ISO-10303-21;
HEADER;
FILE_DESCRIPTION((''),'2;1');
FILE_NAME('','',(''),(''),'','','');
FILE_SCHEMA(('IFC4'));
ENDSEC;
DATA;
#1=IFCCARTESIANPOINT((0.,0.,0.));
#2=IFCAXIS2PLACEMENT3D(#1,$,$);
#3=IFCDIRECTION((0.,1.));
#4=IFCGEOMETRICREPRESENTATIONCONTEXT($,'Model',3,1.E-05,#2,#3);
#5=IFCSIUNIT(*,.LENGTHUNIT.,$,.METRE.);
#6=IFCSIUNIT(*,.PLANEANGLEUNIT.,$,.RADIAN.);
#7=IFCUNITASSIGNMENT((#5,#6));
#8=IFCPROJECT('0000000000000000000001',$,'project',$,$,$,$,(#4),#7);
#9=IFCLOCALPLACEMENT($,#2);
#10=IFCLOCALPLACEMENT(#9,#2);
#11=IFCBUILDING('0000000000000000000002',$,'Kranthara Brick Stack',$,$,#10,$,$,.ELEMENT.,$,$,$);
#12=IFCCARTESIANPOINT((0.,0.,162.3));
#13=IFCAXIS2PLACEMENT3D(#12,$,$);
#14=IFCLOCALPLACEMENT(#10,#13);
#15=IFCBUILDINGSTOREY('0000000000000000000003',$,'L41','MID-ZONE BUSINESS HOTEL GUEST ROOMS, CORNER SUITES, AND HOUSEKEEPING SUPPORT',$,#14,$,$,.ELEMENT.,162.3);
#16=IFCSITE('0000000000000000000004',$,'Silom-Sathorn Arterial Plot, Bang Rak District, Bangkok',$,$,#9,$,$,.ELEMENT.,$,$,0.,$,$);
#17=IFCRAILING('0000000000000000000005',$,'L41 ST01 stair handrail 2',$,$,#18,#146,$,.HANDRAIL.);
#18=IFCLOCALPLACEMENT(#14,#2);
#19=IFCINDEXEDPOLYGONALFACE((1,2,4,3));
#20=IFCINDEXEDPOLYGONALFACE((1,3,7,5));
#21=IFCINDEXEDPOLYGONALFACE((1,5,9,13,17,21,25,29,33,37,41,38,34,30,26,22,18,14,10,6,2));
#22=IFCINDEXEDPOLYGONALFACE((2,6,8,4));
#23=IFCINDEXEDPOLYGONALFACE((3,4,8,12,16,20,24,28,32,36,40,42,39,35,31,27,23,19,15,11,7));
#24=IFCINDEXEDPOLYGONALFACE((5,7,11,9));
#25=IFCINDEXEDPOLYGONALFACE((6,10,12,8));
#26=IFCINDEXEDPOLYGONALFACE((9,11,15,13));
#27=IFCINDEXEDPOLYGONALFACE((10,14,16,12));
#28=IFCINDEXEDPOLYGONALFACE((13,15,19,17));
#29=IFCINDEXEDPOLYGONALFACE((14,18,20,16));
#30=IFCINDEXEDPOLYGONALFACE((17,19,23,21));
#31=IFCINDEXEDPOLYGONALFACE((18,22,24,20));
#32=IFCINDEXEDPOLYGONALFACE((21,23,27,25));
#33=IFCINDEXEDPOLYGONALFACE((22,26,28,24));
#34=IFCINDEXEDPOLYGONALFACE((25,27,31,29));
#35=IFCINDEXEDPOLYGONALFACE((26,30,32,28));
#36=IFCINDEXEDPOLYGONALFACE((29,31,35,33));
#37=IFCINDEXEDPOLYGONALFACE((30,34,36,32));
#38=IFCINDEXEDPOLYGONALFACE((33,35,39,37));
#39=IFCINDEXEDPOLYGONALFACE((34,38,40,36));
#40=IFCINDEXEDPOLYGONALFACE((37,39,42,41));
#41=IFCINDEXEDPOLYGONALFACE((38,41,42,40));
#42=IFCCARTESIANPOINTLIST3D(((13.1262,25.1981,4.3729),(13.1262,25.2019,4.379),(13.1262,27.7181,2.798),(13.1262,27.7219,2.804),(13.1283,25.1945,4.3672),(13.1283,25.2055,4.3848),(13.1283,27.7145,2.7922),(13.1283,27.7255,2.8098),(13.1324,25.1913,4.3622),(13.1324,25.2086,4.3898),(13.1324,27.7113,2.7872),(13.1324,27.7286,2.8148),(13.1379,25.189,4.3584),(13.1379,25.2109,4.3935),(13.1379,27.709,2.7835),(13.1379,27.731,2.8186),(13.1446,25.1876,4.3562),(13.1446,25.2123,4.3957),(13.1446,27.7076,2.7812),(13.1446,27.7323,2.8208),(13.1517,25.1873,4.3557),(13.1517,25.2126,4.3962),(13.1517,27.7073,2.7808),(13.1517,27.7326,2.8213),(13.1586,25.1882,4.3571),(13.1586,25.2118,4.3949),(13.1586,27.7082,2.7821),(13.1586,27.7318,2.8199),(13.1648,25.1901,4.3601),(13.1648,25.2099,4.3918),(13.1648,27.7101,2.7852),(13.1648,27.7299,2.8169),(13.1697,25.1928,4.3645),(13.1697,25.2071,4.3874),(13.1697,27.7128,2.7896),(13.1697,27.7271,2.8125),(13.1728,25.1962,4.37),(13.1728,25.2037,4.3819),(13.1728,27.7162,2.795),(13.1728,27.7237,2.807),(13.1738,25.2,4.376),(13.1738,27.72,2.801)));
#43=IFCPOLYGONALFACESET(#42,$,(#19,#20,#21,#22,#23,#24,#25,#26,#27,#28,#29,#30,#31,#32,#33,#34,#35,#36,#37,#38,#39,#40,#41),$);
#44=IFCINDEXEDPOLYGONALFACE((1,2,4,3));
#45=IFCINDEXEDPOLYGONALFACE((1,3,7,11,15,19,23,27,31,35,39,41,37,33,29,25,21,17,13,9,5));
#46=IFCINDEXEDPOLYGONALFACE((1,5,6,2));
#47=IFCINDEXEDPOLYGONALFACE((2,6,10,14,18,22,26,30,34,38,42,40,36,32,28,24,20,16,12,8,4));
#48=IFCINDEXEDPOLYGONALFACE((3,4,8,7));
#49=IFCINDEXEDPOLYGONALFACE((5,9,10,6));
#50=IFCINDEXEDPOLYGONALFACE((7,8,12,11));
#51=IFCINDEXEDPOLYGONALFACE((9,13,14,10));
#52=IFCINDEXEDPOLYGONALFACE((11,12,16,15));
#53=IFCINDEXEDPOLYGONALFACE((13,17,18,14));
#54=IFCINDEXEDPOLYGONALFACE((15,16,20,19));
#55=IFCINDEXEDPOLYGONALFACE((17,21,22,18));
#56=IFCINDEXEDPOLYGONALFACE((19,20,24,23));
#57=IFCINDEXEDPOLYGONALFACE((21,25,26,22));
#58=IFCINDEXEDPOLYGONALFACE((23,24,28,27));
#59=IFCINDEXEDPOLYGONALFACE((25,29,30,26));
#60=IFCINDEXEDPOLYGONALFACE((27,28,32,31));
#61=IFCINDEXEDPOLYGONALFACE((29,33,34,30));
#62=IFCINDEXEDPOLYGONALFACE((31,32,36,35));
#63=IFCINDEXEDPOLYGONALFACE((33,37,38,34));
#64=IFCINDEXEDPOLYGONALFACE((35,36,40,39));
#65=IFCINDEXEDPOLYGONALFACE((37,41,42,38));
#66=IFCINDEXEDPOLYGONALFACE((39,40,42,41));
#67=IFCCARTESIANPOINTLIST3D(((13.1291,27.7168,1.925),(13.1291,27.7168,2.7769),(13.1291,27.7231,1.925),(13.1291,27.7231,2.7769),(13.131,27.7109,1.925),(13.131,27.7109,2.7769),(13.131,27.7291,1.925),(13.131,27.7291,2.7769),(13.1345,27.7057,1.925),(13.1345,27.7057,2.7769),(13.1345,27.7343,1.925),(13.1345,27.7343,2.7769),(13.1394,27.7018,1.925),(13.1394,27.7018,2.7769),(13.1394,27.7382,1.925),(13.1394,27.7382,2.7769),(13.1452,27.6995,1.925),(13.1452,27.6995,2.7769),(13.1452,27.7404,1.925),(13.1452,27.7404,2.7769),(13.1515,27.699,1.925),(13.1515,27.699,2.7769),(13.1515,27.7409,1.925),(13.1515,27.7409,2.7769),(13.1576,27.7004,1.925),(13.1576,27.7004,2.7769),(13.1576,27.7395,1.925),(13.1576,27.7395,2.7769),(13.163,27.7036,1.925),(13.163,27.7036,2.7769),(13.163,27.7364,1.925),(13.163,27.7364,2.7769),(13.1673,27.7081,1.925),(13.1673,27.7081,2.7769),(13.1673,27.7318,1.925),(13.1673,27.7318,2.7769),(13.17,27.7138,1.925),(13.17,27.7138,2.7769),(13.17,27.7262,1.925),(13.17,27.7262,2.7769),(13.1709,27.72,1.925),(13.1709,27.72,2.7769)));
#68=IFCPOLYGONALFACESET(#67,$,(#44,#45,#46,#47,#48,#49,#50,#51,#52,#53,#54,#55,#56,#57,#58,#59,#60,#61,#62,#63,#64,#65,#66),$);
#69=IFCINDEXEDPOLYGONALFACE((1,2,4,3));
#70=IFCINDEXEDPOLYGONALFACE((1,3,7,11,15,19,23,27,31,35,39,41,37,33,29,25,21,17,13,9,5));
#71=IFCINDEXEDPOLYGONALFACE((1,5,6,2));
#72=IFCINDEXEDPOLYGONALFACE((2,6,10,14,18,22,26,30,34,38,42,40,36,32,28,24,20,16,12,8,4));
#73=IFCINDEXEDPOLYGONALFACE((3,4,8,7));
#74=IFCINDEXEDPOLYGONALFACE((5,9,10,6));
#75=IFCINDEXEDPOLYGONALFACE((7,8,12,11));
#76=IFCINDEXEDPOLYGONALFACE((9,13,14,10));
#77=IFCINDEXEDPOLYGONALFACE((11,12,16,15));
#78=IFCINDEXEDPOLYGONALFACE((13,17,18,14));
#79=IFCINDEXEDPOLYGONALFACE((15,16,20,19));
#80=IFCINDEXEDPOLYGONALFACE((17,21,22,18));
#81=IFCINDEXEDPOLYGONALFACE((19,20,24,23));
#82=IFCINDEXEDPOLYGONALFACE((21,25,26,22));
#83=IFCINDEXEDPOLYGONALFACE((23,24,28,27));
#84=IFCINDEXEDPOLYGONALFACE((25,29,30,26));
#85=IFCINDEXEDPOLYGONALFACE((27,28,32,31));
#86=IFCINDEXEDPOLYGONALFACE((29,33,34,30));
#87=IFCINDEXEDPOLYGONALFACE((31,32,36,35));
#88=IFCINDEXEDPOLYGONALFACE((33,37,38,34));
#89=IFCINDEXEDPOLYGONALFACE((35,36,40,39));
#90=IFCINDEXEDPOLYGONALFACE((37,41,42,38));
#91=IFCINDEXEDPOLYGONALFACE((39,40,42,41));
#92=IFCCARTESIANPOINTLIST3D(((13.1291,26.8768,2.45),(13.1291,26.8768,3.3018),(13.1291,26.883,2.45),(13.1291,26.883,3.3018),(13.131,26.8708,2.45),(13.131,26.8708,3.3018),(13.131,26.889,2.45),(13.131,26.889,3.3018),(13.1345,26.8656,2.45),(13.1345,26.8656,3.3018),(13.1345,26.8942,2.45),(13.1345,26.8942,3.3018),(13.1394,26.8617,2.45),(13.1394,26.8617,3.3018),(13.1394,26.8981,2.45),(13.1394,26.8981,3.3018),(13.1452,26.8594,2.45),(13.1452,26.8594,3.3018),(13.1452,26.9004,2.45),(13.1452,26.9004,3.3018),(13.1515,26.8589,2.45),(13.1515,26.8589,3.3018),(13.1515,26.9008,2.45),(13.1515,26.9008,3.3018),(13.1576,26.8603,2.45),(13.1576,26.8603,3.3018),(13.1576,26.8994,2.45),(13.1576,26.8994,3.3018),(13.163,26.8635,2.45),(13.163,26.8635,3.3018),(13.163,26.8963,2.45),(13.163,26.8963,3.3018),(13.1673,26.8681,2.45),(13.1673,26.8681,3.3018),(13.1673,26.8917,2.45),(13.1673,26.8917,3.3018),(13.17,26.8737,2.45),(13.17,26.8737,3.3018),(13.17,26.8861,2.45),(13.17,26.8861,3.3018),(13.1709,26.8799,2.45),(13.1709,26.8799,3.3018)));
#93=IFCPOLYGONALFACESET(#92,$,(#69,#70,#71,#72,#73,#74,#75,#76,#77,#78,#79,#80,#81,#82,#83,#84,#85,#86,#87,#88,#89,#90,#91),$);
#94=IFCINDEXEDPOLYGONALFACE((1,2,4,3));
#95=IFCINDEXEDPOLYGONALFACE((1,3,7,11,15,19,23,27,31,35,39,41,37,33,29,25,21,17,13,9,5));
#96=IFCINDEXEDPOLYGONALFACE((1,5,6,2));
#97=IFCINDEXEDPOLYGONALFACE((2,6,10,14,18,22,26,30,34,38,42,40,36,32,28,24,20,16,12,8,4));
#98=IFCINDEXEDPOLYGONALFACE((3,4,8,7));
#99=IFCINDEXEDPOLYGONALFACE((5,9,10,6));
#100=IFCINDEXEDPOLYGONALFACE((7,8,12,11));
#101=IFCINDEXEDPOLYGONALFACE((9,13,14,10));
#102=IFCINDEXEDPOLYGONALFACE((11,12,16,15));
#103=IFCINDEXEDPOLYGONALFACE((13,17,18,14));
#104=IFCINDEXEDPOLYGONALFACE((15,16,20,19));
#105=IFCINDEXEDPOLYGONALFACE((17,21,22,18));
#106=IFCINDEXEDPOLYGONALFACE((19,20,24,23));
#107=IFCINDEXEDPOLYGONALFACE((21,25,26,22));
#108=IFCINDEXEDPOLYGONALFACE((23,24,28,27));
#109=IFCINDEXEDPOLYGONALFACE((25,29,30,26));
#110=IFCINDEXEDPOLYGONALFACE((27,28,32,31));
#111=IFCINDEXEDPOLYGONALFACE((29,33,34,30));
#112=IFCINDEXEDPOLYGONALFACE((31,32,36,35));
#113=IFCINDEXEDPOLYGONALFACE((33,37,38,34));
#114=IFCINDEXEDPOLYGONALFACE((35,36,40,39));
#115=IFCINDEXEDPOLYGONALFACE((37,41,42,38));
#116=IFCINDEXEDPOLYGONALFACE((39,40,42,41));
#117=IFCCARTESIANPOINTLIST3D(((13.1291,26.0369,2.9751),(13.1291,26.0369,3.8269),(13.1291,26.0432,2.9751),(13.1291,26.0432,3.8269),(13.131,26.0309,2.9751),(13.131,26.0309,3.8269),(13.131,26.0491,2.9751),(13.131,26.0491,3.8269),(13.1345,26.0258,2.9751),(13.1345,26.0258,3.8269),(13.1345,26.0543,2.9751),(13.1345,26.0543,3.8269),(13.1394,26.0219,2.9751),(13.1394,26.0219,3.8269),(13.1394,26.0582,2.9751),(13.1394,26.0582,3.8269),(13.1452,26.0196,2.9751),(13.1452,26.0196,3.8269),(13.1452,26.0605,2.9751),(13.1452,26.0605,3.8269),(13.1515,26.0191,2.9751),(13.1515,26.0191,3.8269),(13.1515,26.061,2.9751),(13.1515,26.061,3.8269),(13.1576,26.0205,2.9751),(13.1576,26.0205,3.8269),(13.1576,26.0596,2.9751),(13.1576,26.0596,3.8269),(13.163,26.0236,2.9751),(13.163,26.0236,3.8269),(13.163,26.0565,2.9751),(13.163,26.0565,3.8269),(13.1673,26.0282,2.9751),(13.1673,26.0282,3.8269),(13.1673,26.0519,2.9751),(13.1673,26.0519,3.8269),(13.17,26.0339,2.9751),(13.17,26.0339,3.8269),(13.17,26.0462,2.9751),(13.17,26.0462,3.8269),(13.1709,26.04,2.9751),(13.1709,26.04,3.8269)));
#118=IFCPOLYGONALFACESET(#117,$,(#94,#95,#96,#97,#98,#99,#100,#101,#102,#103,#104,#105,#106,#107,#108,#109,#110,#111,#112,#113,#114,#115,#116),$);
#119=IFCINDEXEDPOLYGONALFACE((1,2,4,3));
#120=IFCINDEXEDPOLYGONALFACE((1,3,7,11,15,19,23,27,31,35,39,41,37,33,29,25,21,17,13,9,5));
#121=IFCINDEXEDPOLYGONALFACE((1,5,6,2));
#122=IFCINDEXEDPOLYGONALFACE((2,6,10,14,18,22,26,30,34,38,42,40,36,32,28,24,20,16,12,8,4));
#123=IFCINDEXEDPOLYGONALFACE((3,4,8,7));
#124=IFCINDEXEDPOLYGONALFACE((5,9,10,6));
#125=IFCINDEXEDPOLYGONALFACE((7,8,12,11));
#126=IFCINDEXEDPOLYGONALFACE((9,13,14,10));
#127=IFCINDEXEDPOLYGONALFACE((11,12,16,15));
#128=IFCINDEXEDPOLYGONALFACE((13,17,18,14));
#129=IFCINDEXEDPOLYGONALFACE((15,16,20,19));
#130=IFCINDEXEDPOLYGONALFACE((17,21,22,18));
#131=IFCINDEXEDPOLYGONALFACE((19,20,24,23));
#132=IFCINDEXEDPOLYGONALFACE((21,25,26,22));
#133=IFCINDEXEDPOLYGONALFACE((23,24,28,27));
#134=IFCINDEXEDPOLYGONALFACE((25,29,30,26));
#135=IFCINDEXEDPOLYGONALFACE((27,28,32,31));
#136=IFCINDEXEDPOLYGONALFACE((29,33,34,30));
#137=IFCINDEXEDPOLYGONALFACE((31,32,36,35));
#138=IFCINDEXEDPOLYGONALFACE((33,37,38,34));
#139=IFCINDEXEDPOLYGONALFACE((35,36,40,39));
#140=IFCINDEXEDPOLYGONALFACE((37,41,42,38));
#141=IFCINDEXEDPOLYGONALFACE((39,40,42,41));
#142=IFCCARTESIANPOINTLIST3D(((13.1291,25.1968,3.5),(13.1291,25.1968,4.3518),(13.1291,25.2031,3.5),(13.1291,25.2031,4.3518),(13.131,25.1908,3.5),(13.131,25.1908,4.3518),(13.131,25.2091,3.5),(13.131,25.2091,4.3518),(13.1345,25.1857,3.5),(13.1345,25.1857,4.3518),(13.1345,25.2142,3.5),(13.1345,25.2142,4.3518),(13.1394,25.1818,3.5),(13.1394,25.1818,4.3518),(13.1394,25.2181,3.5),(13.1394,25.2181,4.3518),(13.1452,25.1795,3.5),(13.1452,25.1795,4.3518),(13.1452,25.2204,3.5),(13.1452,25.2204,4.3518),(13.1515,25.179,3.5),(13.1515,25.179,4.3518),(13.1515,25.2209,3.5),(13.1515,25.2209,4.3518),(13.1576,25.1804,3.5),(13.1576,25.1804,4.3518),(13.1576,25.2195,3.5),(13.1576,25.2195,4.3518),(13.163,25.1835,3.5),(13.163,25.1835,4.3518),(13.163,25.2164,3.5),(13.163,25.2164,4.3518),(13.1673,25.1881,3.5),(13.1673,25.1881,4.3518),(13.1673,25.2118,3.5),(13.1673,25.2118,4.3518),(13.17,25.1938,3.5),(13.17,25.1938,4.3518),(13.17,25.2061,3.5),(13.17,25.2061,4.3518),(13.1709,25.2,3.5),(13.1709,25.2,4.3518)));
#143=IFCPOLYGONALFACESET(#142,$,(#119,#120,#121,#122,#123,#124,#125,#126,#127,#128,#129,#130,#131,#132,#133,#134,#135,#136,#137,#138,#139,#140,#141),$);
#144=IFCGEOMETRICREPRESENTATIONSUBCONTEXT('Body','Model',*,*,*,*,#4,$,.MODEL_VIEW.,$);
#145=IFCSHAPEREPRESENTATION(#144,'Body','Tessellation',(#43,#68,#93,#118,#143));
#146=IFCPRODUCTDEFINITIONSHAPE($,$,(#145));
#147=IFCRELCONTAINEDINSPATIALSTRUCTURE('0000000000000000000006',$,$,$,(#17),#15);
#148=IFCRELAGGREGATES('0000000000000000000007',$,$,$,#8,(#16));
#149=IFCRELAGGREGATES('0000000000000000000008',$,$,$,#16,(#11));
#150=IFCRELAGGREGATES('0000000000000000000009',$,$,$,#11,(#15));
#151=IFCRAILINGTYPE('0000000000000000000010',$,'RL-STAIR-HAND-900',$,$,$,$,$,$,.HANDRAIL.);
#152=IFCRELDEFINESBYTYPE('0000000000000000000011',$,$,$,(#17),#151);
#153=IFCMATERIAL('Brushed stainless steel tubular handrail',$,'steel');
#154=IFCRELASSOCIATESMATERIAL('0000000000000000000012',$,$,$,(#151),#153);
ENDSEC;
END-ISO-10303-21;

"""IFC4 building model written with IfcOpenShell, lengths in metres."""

from ifc_helpers import new_model, si_unit, direction, frame, origin, origin_2d, place, context, subcontext, project, spatial, circle, extrude, material, type_object, element, save


model = new_model("IFC4")

# Units and contexts
model_context = context("Model", 3, precision=1e-05, world=origin(), true_north=direction((0.0, 1.0)))
body_context = subcontext(model_context, "Body", "Model", "MODEL_VIEW")
ifc_project = project(units=[si_unit("LENGTHUNIT", "METRE"), si_unit("PLANEANGLEUNIT", "RADIAN")], contexts=[model_context])

# Site, building, storey
site_placement = place(None, origin())
site = spatial("IfcSite", under=ifc_project, at=site_placement, Name="Silom-Sathorn Arterial Plot, Bang Rak District, Bangkok", CompositionType="ELEMENT", RefElevation=0.0)
building_placement = place(site_placement, origin())
building = spatial("IfcBuilding", under=site, at=building_placement, Name="Kranthara Brick Stack", CompositionType="ELEMENT")
storey_placement = place(building_placement, frame((0.0, 0.0, 162.3)))
storey = spatial("IfcBuildingStorey", under=building, at=storey_placement, Name="L41", Description="MID-ZONE BUSINESS HOTEL GUEST ROOMS, CORNER SUITES, AND HOUSEKEEPING SUPPORT", CompositionType="ELEMENT", Elevation=162.3)

# Railing
ifc_material_1 = material(Name="Brushed stainless steel tubular handrail", Category="steel")
railing_type_1 = type_object("IfcRailingType", Name="RL-STAIR-HAND-900", PredefinedType="HANDRAIL", material=ifc_material_1)
railing_1_placement = place(storey_placement, frame((13.1499, 27.72, 1.925)))
element("IfcRailing", 1, at=railing_1_placement, inside=storey, type_object=railing_type_1, Name="L41 ST01 stair handrail 2", PredefinedType="HANDRAIL", context=body_context, shape_type="SweptSolid", body=[
    extrude(circle(Radius=0.0239, at=origin_2d()), frame((0.0, 0.0, 0.876), z_axis=(0.0, -0.848008, 0.529984), x_axis=(1.0, 0.0, 0.0)), (0.0, 0.0, 1.0), 2.9717),
    extrude(circle(Radius=0.021, at=origin_2d()), origin(), (0.0, 0.0, 1.0), 0.8518),
    extrude(circle(Radius=0.021, at=origin_2d()), frame((0.0, -0.8401, 0.5249)), (0.0, 0.0, 1.0), 0.8518),
    extrude(circle(Radius=0.021, at=origin_2d()), frame((0.0, -1.6799, 1.05)), (0.0, 0.0, 1.0), 0.8518),
    extrude(circle(Radius=0.021, at=origin_2d()), frame((0.0, -2.52, 1.575)), (0.0, 0.0, 1.0), 0.8518),
])

save(model, "model.ifc")
